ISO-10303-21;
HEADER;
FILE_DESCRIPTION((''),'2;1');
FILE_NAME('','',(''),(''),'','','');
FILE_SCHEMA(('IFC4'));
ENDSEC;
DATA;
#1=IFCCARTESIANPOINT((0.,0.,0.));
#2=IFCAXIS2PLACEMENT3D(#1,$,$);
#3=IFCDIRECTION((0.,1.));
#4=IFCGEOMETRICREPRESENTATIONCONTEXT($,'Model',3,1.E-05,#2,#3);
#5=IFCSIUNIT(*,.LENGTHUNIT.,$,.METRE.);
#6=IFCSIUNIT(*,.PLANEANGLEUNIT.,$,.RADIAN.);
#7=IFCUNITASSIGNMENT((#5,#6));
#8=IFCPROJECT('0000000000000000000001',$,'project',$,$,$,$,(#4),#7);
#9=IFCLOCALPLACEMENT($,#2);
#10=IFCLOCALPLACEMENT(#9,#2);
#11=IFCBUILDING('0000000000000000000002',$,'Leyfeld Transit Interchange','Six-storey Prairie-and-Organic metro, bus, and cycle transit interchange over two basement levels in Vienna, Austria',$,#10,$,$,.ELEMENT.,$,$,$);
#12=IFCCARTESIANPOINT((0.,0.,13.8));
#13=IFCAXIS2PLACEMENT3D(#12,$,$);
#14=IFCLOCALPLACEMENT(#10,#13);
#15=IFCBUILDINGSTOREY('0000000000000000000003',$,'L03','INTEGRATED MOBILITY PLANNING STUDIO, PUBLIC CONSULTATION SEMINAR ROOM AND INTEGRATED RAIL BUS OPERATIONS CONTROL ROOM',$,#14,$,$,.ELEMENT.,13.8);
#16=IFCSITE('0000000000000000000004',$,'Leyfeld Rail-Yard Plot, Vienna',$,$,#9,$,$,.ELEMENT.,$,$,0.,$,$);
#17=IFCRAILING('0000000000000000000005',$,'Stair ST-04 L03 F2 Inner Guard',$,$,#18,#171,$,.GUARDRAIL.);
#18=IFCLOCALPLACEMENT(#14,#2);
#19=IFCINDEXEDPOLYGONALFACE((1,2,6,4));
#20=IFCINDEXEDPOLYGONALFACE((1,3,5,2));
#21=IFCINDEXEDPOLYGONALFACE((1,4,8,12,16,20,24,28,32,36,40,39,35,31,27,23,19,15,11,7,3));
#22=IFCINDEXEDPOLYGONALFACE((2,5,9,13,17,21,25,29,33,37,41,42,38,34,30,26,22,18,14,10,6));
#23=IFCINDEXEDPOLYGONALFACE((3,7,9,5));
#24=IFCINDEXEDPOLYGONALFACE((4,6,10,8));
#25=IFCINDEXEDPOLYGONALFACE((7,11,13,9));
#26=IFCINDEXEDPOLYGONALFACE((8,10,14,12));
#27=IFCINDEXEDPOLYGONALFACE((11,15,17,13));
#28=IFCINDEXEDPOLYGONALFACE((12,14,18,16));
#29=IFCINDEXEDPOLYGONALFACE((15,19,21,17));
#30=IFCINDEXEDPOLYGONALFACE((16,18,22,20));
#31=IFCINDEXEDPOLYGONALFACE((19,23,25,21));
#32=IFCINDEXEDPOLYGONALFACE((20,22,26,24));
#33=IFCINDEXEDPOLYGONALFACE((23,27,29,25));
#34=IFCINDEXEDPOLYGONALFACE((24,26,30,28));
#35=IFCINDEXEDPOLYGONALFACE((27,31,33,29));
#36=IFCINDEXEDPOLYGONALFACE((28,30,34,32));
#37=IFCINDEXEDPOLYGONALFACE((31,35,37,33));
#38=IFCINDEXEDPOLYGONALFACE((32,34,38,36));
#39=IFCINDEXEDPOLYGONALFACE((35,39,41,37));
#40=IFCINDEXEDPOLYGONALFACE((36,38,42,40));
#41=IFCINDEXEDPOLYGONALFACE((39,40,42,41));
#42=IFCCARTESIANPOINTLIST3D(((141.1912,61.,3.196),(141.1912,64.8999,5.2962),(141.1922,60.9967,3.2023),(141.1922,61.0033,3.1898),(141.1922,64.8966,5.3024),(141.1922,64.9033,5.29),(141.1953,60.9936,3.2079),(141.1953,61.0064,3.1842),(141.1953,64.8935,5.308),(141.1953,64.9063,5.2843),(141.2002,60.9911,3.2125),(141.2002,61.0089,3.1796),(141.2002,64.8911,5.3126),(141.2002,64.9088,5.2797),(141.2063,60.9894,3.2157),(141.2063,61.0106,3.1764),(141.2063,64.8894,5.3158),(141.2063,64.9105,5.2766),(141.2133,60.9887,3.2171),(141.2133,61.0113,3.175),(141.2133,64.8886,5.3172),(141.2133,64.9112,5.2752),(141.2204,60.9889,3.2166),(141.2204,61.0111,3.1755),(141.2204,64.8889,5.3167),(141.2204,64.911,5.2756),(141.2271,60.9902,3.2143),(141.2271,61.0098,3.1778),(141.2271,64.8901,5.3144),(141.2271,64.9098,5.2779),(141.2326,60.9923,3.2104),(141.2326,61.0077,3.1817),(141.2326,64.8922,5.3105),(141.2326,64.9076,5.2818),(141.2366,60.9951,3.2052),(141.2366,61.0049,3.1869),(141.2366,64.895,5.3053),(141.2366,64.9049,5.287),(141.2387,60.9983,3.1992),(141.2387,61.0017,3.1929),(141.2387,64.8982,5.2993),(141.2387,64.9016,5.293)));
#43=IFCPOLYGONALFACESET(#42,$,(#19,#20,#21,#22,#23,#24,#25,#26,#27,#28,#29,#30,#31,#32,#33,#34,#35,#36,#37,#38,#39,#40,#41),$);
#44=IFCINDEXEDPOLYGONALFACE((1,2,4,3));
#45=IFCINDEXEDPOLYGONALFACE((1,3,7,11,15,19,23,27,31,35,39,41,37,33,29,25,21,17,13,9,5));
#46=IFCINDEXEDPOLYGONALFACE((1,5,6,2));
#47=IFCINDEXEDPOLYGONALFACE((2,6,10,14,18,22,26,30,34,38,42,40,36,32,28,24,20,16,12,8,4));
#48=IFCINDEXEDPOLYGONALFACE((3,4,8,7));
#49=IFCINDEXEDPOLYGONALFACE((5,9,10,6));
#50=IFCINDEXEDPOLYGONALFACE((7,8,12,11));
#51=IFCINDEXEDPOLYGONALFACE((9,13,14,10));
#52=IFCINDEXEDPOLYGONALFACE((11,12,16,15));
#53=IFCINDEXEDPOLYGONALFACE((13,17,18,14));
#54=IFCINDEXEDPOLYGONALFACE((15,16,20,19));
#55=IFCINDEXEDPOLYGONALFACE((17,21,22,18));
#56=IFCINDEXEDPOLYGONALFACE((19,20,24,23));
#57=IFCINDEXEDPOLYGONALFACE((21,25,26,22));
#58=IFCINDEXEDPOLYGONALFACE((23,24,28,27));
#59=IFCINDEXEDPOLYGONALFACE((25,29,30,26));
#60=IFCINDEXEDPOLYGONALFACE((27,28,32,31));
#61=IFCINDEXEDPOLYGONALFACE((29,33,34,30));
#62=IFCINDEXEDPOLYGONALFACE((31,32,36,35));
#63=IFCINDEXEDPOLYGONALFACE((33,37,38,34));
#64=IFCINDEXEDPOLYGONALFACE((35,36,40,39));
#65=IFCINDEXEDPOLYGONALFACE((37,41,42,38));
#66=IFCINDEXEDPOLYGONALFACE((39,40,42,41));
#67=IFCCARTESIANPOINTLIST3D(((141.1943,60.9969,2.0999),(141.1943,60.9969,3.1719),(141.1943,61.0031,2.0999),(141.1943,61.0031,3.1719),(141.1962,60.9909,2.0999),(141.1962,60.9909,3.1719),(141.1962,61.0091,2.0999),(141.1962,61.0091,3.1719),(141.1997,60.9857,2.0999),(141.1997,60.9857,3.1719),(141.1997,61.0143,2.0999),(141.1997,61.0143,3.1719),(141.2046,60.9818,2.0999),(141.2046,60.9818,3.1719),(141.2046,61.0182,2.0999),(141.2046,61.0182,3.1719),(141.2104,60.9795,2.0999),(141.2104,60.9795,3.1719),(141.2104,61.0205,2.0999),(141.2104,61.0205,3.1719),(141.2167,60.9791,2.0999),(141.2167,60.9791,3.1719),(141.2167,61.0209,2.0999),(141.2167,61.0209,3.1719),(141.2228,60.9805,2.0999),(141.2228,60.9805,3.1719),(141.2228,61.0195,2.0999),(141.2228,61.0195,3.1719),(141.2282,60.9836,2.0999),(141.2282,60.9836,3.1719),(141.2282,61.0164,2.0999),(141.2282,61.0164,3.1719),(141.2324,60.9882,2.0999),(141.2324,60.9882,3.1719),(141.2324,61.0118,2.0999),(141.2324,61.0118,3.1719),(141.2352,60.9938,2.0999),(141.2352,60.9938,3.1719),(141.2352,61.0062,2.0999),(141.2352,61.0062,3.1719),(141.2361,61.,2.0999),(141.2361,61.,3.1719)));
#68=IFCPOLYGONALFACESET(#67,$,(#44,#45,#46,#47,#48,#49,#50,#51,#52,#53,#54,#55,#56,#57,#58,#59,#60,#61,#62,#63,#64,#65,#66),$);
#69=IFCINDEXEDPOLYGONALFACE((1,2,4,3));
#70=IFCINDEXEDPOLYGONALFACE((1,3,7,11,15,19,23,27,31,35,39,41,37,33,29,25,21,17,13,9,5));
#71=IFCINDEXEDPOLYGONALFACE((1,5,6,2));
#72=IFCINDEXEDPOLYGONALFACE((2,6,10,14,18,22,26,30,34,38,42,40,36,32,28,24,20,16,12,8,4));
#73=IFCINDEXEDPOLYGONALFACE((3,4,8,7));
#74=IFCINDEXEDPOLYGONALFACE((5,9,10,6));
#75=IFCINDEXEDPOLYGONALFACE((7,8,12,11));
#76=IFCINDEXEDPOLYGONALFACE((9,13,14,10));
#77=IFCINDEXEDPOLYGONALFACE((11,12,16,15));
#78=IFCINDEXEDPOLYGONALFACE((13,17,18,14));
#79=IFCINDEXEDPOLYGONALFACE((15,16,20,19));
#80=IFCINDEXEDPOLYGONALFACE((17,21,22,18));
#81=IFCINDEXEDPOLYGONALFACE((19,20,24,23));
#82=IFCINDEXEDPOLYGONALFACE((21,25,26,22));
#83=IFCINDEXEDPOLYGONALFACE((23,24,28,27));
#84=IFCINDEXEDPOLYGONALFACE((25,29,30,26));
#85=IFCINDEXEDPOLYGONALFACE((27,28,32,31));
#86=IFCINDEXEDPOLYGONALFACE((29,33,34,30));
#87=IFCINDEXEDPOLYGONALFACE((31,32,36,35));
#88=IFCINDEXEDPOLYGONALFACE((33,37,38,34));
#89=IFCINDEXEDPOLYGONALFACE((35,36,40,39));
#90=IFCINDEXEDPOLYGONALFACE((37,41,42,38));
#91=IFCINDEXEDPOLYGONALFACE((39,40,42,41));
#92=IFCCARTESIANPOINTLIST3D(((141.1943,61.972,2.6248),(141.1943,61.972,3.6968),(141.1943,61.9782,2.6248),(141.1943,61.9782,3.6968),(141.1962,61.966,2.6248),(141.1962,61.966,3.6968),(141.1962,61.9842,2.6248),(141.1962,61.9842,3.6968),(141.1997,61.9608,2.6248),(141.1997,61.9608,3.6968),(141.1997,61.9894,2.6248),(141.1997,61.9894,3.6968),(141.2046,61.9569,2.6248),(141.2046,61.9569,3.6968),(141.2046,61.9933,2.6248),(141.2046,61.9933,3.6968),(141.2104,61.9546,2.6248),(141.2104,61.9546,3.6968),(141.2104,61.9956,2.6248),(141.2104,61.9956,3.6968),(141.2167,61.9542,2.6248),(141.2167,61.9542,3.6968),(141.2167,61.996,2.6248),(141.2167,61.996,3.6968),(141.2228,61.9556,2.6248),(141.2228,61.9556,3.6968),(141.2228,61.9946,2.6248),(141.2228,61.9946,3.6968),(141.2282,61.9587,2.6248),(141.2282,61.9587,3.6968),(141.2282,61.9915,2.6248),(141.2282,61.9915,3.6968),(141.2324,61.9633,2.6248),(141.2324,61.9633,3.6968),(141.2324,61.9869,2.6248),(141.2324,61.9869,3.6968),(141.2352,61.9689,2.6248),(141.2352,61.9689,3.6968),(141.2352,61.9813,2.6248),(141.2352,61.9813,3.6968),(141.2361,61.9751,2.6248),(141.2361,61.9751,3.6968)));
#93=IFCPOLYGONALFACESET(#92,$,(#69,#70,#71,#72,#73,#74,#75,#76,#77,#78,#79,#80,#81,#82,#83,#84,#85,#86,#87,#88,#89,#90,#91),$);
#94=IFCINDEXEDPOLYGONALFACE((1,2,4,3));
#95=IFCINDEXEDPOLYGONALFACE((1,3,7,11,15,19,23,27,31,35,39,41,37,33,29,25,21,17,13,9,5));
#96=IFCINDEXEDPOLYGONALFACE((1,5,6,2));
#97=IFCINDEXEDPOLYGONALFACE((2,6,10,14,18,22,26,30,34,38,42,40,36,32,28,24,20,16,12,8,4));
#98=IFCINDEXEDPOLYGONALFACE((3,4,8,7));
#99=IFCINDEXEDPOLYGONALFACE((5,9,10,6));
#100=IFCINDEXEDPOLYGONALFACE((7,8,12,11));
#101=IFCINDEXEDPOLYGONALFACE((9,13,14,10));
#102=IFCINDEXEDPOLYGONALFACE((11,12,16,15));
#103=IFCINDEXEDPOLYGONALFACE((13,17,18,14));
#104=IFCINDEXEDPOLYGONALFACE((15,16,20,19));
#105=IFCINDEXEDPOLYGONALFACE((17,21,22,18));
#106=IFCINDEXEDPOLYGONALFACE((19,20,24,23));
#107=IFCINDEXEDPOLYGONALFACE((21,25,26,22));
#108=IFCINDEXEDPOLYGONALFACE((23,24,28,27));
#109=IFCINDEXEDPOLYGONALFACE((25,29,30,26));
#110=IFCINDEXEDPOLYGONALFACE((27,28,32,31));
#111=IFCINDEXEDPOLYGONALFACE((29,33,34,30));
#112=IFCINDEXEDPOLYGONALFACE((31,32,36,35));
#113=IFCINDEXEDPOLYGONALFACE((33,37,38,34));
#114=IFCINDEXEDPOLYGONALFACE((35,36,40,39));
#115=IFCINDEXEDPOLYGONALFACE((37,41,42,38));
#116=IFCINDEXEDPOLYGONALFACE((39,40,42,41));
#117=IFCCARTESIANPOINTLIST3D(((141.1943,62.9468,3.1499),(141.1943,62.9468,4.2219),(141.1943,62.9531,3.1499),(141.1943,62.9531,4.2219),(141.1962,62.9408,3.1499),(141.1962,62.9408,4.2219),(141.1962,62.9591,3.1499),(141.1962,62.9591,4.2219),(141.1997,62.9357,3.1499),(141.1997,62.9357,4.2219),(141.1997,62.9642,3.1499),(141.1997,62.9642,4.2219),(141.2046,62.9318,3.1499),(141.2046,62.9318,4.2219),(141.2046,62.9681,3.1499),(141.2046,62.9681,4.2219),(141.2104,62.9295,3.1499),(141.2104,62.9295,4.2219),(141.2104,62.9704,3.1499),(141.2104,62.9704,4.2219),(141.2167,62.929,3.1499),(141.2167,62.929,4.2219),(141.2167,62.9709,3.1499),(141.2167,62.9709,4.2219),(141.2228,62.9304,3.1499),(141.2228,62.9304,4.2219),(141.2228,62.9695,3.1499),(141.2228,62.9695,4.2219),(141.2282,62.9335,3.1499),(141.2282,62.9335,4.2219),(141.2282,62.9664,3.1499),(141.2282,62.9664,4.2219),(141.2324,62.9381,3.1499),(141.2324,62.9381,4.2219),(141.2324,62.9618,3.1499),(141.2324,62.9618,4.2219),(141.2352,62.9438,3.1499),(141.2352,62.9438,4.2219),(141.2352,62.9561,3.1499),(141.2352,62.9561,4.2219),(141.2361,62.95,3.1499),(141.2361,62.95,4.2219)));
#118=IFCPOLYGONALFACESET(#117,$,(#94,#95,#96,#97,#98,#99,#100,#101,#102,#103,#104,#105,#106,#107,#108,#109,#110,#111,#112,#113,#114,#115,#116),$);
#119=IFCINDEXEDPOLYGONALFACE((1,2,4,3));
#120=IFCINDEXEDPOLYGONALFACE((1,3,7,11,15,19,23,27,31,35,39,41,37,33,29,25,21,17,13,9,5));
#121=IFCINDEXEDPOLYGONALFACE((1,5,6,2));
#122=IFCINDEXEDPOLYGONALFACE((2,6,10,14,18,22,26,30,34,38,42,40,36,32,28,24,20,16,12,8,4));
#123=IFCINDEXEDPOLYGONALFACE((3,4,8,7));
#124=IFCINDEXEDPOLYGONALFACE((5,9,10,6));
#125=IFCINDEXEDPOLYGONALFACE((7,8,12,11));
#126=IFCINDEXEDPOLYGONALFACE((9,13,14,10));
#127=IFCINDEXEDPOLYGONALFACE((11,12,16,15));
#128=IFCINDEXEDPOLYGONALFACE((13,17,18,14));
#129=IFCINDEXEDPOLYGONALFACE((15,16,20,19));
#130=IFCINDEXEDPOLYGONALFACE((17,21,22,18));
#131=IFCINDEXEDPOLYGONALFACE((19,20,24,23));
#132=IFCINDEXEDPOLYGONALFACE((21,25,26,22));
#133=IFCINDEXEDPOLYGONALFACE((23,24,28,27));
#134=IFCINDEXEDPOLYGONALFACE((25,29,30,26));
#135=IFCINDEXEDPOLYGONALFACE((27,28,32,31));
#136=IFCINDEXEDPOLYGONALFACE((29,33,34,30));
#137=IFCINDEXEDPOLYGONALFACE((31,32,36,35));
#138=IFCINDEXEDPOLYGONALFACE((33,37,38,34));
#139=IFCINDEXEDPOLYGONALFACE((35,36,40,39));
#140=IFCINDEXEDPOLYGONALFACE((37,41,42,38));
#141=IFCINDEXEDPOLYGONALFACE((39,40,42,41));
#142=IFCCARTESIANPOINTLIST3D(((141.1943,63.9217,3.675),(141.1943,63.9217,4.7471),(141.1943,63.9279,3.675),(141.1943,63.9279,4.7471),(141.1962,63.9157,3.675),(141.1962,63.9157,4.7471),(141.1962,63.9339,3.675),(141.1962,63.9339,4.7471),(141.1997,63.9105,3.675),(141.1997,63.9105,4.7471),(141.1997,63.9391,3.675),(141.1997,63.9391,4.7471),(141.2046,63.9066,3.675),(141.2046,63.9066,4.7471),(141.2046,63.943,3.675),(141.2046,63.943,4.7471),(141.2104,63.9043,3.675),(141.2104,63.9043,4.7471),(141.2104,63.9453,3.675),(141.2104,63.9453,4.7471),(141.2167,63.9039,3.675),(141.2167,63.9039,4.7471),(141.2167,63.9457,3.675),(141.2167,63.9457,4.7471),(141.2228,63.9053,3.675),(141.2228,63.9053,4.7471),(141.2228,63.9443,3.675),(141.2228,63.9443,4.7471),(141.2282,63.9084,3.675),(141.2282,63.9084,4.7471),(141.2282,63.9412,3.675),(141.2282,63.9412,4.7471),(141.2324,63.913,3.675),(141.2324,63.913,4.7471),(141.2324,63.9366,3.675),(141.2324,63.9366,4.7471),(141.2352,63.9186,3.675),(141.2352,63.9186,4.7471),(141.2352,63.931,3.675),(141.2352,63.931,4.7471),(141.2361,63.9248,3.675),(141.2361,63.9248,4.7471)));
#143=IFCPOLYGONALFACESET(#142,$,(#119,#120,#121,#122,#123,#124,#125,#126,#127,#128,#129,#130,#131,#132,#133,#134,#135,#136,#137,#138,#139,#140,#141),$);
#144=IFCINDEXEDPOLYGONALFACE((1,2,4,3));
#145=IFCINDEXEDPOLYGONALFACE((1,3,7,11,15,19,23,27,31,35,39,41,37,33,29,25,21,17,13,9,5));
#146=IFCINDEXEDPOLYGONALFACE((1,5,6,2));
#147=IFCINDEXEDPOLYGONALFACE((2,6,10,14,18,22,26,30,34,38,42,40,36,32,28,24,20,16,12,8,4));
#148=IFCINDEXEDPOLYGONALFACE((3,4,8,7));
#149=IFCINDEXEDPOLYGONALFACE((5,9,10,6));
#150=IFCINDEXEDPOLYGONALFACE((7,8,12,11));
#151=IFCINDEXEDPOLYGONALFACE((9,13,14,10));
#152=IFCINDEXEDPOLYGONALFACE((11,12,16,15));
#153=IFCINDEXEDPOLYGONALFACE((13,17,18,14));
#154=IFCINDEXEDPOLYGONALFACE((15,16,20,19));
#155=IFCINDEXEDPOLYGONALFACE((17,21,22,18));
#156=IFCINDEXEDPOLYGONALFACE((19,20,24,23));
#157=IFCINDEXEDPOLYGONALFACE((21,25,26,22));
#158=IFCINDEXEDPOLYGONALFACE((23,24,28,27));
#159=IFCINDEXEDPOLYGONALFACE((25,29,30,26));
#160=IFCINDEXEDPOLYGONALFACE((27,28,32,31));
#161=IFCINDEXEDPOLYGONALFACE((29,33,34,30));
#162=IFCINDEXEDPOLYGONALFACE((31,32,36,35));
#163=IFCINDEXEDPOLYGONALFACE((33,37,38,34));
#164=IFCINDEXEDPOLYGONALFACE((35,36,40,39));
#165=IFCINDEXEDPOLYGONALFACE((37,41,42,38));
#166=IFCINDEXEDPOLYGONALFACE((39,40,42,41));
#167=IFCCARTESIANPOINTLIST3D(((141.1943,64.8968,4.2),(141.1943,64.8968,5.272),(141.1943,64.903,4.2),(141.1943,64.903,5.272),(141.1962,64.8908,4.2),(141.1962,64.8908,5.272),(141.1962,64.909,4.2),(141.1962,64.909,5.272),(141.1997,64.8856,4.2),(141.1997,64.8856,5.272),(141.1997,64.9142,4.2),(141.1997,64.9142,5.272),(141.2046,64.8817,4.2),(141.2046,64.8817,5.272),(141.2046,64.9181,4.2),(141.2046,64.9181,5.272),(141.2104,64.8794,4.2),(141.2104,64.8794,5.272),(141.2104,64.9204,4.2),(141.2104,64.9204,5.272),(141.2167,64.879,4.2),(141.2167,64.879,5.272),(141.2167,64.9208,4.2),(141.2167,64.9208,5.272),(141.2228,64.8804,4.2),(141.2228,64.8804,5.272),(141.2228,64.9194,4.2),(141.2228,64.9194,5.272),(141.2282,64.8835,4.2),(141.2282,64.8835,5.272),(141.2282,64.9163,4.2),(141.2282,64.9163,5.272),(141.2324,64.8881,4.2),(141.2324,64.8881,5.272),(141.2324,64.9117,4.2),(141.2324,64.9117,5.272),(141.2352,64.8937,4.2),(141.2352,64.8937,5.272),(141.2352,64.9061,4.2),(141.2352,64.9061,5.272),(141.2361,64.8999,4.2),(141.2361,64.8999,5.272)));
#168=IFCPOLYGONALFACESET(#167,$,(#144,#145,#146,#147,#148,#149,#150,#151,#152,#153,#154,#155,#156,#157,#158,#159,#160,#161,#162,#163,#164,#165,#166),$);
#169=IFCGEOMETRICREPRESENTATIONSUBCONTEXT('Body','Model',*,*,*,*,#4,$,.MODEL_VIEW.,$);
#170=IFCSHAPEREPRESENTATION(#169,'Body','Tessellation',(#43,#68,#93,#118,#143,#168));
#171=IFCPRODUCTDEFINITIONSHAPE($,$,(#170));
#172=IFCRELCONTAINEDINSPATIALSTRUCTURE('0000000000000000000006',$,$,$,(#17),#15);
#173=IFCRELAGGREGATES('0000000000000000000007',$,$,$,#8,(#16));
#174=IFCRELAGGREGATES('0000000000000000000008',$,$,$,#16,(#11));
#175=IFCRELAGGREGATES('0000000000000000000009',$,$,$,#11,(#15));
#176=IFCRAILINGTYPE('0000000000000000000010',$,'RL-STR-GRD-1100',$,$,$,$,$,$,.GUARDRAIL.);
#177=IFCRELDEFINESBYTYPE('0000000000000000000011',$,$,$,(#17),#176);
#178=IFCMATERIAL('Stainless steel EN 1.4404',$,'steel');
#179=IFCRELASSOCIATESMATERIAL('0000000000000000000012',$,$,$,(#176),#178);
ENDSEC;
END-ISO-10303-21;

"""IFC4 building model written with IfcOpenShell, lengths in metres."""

from ifc_helpers import new_model, si_unit, direction, frame, origin, origin_2d, place, context, subcontext, project, spatial, circle, extrude, material, type_object, element, save


model = new_model("IFC4")

# Units and contexts
model_context = context("Model", 3, precision=1e-05, world=origin(), true_north=direction((0.0, 1.0)))
body_context = subcontext(model_context, "Body", "Model", "MODEL_VIEW")
ifc_project = project(units=[si_unit("LENGTHUNIT", "METRE"), si_unit("PLANEANGLEUNIT", "RADIAN")], contexts=[model_context])

# Site, building, storey
site_placement = place(None, origin())
site = spatial("IfcSite", under=ifc_project, at=site_placement, Name="Leyfeld Rail-Yard Plot, Vienna", CompositionType="ELEMENT", RefElevation=0.0)
building_placement = place(site_placement, origin())
building = spatial("IfcBuilding", under=site, at=building_placement, Name="Leyfeld Transit Interchange", Description="Six-storey Prairie-and-Organic metro, bus, and cycle transit interchange over two basement levels in Vienna, Austria", CompositionType="ELEMENT")
storey_placement = place(building_placement, frame((0.0, 0.0, 13.8)))
storey = spatial("IfcBuildingStorey", under=building, at=storey_placement, Name="L03", Description="INTEGRATED MOBILITY PLANNING STUDIO, PUBLIC CONSULTATION SEMINAR ROOM AND INTEGRATED RAIL BUS OPERATIONS CONTROL ROOM", CompositionType="ELEMENT", Elevation=13.8)

# Railing
ifc_material_1 = material(Name="Stainless steel EN 1.4404", Category="steel")
railing_type_1 = type_object("IfcRailingType", Name="RL-STR-GRD-1100", PredefinedType="GUARDRAIL", material=ifc_material_1)
for number, where, name in (
    (1, (141.2151, 61.0, 2.0999), "Stair ST-04 L03 F2 Inner Guard"),
):
    element("IfcRailing", number, at=place(storey_placement, frame(where)), inside=storey, type_object=railing_type_1, Name=name, PredefinedType="GUARDRAIL", context=body_context, shape_type="SweptSolid", body=[
        extrude(circle(Radius=0.0239, at=origin_2d()), frame((0.0, 0.0, 1.0962), z_axis=(0.0, 0.880457, 0.474126), x_axis=(-1.0, 0.0, 0.0)), (0.0, 0.0, 1.0), 4.4294),
        extrude(circle(Radius=0.021, at=origin_2d()), origin(), (0.0, 0.0, 1.0), 1.072),
        extrude(circle(Radius=0.021, at=origin_2d()), frame((0.0, 0.9751, 0.5249)), (0.0, 0.0, 1.0), 1.072),
        extrude(circle(Radius=0.021, at=origin_2d()), frame((0.0, 1.95, 1.05)), (0.0, 0.0, 1.0), 1.072),
        extrude(circle(Radius=0.021, at=origin_2d()), frame((0.0, 2.9248, 1.5752)), (0.0, 0.0, 1.0), 1.072),
        extrude(circle(Radius=0.021, at=origin_2d()), frame((0.0, 3.8999, 2.1001)), (0.0, 0.0, 1.0), 1.072),
    ])

save(model, "model.ifc")
